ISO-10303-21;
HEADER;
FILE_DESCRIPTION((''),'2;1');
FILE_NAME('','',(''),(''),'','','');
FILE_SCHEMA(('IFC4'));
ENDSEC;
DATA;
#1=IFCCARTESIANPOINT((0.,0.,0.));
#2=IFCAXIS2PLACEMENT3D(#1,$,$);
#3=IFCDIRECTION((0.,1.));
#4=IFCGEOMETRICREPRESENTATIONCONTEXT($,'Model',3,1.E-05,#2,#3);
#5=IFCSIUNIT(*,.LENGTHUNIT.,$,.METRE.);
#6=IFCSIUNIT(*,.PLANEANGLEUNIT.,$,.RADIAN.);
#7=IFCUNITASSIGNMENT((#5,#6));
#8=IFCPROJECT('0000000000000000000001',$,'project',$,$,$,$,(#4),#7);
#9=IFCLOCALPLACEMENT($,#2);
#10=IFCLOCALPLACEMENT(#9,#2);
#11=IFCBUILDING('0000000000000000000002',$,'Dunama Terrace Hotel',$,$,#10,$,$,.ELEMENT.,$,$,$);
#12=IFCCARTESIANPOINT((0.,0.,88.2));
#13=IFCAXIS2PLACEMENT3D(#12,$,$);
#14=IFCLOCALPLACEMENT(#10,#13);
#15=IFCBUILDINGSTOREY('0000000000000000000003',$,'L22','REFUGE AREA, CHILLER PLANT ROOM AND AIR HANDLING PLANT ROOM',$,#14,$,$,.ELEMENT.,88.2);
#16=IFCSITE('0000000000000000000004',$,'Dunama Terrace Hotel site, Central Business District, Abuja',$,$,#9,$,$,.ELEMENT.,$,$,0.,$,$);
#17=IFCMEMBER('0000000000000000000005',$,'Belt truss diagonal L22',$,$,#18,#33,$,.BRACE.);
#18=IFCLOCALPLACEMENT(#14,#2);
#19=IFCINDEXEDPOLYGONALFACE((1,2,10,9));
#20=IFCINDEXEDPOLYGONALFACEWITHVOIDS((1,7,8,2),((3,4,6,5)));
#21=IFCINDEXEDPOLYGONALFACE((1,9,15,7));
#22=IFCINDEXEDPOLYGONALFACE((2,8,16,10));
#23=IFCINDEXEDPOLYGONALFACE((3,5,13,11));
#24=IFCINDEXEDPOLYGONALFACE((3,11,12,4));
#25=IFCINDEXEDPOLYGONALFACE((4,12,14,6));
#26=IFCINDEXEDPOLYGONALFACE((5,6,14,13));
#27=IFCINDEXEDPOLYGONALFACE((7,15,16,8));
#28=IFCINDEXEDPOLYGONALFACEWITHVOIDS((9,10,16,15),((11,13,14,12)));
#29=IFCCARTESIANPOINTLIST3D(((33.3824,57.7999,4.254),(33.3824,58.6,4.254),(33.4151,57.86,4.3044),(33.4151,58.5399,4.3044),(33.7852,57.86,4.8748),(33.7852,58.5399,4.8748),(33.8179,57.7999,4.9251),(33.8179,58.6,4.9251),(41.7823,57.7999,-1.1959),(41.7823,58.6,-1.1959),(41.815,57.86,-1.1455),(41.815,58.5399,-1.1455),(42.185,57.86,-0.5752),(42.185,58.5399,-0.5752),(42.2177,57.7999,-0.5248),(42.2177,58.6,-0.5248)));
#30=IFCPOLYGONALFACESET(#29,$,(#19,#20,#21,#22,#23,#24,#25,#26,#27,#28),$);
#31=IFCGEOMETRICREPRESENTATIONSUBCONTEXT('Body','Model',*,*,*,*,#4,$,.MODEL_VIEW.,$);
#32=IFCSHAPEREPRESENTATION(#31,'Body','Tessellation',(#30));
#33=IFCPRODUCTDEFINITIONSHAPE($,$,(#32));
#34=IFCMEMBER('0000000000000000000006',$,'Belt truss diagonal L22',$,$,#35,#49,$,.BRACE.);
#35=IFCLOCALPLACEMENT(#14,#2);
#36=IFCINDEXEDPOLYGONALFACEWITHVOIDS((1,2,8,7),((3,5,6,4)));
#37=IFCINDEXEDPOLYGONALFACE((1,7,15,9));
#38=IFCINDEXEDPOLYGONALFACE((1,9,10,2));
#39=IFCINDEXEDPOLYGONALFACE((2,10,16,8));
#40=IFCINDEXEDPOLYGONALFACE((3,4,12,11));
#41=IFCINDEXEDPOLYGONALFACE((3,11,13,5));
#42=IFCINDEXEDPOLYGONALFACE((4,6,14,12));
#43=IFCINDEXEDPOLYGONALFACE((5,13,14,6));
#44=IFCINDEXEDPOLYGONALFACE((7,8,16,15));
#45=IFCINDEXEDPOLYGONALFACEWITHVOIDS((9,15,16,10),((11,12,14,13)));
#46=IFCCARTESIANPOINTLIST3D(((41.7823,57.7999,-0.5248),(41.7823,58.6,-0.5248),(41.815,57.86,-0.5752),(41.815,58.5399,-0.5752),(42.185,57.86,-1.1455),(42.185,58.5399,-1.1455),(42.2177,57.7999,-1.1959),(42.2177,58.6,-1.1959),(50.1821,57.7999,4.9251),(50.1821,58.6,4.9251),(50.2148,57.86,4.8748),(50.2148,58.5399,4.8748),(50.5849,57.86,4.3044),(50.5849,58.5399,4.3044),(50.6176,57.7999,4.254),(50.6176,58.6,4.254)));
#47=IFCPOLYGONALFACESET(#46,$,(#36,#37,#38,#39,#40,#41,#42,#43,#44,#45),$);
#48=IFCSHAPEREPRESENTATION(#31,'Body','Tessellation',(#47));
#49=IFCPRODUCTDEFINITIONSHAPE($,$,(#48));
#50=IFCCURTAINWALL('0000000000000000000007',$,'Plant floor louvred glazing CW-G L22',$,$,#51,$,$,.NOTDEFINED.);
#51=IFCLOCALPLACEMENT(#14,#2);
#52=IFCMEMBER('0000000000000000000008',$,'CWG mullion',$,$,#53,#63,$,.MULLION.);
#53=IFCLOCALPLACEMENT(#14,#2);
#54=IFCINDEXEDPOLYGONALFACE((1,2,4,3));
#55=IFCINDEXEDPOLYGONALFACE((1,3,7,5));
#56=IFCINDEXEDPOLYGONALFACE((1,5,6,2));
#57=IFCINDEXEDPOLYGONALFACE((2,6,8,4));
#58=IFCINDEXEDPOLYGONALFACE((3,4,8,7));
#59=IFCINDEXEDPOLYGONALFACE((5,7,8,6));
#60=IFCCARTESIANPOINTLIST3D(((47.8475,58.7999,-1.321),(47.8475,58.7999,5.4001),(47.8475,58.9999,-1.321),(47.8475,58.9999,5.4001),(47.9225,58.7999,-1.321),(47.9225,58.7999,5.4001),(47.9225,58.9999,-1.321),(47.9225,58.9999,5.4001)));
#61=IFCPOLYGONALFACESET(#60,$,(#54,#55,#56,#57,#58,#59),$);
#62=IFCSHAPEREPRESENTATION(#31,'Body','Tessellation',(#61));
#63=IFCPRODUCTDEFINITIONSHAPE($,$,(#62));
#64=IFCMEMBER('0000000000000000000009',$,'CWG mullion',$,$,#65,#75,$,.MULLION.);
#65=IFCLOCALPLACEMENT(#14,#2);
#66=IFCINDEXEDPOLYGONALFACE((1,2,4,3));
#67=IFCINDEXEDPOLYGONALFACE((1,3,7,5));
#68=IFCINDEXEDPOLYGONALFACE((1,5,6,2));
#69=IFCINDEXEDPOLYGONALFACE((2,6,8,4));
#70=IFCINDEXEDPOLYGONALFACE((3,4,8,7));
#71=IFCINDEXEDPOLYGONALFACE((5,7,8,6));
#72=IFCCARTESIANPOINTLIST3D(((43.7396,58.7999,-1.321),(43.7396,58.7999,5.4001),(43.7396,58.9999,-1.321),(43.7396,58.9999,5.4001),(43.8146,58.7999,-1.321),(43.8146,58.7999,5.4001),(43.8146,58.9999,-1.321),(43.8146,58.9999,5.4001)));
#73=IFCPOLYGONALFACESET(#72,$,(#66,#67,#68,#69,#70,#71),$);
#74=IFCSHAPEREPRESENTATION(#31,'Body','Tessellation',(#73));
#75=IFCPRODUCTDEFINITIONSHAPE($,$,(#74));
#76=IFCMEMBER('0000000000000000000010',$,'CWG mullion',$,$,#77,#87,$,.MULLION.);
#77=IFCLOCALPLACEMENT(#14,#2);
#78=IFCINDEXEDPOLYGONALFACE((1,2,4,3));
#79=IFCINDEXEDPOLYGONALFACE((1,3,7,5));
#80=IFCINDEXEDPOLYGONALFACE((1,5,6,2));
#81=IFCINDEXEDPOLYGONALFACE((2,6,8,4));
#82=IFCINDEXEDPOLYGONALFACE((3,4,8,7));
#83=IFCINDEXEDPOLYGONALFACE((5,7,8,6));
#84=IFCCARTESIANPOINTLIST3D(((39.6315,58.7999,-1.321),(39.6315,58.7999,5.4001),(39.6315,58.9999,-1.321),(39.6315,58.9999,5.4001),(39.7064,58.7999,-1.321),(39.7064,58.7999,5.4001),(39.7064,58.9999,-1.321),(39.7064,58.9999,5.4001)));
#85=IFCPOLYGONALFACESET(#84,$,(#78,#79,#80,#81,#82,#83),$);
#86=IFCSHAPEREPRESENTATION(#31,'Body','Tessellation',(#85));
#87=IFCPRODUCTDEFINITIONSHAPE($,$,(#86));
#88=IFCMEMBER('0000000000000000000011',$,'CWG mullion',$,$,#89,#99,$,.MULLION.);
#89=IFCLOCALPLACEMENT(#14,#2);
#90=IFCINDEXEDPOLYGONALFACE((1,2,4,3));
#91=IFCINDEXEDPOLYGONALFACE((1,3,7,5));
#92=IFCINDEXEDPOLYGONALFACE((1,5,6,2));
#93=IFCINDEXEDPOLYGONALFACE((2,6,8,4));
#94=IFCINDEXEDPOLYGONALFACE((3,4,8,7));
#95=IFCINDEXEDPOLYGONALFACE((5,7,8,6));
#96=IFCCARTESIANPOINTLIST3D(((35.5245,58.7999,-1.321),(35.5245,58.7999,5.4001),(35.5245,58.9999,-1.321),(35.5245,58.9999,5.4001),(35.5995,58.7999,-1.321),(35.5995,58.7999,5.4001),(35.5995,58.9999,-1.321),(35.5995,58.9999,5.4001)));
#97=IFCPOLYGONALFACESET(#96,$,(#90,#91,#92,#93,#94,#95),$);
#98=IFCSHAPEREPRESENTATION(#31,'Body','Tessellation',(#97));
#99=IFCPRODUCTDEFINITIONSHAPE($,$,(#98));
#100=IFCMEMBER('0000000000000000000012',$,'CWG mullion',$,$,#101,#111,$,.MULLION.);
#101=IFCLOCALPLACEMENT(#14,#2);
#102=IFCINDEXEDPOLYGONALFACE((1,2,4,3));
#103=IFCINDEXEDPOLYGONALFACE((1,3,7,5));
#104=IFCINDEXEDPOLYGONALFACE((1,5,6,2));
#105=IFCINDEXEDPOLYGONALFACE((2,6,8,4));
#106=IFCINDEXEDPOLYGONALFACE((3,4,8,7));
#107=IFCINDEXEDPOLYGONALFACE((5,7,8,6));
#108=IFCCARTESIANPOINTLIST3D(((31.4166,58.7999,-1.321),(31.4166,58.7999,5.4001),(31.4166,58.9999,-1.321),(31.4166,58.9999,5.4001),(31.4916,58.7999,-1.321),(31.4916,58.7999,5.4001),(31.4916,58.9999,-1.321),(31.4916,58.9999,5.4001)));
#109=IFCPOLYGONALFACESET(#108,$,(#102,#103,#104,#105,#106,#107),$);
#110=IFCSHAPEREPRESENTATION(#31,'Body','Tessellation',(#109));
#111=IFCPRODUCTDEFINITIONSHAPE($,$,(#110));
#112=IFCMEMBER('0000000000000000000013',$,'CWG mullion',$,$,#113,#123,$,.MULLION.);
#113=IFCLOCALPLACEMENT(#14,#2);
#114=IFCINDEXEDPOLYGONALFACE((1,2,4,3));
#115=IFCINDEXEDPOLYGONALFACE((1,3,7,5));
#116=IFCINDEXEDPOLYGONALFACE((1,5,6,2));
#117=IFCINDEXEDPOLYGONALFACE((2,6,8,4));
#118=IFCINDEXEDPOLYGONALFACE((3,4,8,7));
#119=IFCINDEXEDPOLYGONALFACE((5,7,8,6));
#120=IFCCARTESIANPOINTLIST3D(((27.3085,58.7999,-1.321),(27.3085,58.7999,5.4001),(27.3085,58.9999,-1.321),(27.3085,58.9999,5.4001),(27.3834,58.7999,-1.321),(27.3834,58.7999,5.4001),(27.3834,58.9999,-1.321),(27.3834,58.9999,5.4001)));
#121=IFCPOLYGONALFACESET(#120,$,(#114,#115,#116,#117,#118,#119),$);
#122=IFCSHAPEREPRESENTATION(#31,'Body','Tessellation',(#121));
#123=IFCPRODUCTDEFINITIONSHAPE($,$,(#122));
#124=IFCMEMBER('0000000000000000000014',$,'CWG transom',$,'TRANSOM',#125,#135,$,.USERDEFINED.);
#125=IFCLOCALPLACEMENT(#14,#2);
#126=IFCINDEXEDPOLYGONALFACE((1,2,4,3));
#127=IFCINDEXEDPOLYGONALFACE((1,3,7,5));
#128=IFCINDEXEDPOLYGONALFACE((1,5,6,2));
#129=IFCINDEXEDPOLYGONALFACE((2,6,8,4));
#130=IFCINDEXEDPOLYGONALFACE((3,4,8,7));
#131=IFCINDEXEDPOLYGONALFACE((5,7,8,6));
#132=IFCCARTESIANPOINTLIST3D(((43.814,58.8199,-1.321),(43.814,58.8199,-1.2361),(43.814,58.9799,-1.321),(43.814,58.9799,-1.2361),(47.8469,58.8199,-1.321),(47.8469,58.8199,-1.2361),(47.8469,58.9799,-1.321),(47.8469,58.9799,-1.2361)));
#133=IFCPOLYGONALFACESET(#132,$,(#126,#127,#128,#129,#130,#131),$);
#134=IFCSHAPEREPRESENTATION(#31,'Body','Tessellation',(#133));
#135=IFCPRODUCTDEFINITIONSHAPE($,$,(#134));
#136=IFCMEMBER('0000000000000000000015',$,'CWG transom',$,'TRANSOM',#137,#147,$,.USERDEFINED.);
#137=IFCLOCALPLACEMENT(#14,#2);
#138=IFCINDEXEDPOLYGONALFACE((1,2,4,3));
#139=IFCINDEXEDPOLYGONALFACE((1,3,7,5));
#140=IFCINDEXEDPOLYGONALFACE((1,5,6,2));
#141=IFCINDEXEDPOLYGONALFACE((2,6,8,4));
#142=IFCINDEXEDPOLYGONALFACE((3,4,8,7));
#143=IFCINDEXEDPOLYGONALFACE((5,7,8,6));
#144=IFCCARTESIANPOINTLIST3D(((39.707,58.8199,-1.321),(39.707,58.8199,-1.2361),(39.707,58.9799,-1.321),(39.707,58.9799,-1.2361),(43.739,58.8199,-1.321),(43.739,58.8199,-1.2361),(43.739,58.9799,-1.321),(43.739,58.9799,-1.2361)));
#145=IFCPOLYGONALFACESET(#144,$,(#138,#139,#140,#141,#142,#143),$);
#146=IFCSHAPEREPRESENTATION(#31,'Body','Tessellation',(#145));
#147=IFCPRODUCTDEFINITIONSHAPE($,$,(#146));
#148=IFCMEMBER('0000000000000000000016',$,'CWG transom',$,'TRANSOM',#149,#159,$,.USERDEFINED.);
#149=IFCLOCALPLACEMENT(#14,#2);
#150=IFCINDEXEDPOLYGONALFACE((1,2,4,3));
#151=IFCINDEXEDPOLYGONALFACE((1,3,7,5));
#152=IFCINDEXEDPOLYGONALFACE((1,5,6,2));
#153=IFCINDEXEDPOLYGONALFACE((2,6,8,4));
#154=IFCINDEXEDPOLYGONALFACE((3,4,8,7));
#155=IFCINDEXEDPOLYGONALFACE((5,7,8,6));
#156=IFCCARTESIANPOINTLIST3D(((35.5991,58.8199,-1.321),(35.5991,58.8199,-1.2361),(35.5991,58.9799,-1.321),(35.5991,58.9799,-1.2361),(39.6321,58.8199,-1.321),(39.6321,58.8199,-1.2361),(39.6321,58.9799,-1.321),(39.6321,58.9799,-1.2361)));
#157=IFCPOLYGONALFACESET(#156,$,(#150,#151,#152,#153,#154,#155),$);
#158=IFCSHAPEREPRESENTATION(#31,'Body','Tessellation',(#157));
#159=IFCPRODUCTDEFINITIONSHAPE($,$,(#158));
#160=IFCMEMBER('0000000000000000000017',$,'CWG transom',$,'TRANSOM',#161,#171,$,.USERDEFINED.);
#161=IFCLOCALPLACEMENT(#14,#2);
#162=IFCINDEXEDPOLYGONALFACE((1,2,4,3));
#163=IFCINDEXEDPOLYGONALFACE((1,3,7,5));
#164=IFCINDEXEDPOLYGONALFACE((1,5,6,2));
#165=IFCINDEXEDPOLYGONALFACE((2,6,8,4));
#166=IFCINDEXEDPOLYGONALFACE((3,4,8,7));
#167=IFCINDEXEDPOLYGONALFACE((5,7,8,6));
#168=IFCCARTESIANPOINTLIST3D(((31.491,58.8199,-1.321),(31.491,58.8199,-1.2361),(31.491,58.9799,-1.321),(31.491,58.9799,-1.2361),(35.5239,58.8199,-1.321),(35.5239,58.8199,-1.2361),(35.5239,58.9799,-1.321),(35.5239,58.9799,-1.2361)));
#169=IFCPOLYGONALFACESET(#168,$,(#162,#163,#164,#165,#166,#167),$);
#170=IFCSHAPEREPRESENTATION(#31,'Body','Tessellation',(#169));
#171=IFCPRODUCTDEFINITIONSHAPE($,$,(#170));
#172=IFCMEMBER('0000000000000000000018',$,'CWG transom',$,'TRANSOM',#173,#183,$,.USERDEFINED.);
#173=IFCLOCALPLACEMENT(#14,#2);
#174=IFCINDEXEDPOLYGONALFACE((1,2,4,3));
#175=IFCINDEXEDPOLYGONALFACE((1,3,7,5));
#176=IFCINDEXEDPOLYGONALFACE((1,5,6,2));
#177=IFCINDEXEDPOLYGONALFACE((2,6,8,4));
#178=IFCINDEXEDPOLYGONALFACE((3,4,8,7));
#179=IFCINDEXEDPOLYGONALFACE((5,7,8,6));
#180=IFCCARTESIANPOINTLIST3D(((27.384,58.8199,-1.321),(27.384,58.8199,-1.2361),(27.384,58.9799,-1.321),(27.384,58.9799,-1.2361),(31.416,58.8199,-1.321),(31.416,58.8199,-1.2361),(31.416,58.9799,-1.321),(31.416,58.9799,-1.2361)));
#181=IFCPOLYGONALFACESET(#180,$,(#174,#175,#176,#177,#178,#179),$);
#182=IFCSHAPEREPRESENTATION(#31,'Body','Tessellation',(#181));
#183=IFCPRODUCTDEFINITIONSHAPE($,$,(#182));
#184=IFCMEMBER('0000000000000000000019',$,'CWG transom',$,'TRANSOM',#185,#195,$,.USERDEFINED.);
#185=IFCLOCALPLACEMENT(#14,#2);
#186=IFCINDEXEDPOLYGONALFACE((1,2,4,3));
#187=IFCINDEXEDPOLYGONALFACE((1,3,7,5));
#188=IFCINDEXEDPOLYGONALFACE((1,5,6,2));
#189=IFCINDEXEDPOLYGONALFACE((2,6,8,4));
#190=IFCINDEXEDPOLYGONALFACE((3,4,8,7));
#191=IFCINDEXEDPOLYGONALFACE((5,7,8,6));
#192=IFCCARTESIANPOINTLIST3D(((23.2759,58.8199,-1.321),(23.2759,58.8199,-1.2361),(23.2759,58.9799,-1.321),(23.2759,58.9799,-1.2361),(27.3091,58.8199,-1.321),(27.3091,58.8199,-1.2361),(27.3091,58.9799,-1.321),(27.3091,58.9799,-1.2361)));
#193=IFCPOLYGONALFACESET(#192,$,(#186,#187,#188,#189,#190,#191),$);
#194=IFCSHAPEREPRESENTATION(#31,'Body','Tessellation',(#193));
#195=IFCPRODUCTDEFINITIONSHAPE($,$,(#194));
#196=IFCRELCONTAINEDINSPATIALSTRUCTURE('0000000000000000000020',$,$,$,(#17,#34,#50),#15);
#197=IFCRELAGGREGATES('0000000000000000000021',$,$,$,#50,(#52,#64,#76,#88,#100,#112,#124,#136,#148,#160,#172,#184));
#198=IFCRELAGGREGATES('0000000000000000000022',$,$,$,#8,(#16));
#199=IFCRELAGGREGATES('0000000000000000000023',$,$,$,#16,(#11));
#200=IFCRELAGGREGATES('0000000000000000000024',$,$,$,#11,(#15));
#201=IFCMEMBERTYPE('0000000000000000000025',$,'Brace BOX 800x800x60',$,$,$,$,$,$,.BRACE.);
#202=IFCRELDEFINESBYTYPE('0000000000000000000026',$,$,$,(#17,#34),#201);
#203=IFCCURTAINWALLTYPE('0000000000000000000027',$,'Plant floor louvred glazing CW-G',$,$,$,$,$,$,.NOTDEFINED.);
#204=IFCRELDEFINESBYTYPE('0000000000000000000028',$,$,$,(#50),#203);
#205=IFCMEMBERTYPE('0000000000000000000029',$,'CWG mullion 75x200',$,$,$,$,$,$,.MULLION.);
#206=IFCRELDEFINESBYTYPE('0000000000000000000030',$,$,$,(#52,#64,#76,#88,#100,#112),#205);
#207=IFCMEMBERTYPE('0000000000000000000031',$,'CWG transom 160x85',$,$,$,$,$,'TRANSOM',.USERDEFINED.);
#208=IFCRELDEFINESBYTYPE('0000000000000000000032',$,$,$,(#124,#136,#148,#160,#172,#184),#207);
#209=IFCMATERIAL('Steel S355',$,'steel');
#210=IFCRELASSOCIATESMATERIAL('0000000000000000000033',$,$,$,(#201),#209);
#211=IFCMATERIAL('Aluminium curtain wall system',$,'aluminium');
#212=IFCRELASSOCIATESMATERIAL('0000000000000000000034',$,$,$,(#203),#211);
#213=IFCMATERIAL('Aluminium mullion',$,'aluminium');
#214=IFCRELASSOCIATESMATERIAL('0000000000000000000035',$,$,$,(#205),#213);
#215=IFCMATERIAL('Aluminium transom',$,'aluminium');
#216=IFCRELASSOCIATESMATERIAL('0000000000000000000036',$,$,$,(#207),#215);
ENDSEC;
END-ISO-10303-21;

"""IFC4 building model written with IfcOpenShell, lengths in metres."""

from ifc_helpers import new_model, si_unit, direction, frame, origin, origin_2d, place, context, subcontext, project, spatial, rectangle, hollow_rectangle, extrude, material, material_profile, profile_set, type_object, element, aggregate, save


model = new_model("IFC4")

# Units and contexts
model_context = context("Model", 3, precision=1e-05, world=origin(), true_north=direction((0.0, 1.0)))
body_context = subcontext(model_context, "Body", "Model", "MODEL_VIEW")
ifc_project = project(units=[si_unit("LENGTHUNIT", "METRE"), si_unit("PLANEANGLEUNIT", "RADIAN")], contexts=[model_context])

# Site, building, storey
site_placement = place(None, origin())
site = spatial("IfcSite", under=ifc_project, at=site_placement, Name="Dunama Terrace Hotel site, Central Business District, Abuja", CompositionType="ELEMENT", RefElevation=0.0)
building_placement = place(site_placement, origin())
building = spatial("IfcBuilding", under=site, at=building_placement, Name="Dunama Terrace Hotel", CompositionType="ELEMENT")
storey_placement = place(building_placement, frame((0.0, 0.0, 88.2)))
storey = spatial("IfcBuildingStorey", under=building, at=storey_placement, Name="L22", Description="REFUGE AREA, CHILLER PLANT ROOM AND AIR HANDLING PLANT ROOM", CompositionType="ELEMENT", Elevation=88.2)

# Members
ifc_material_1 = material(Name="Steel S355", Category="steel")
ifc_material_profile_1 = material_profile(ifc_material_1, hollow_rectangle(XDim=0.8, YDim=0.8, WallThickness=0.0601, at=origin_2d()), Name="BOX 800x800x60")
ifc_profile_set_1 = profile_set([ifc_material_profile_1], Name="Steel S355")
member_type_1 = type_object("IfcMemberType", Name="Brace BOX 800x800x60", PredefinedType="BRACE", material=ifc_profile_set_1)
for number, where, z_axis, x_axis, name in (
    (1, (42.0, 58.2, -0.8604), (-0.838899, 0.0, 0.544287), (0.0, -1.0, 0.0), "Belt truss diagonal L22"),
    (2, (42.0, 58.2, -0.8604), (0.838899, 0.0, 0.544287), (0.0, 1.0, 0.0), "Belt truss diagonal L22"),
):
    element("IfcMember", number, at=place(storey_placement, frame(where, z_axis=z_axis, x_axis=x_axis)), inside=storey, type_object=member_type_1, Name=name, PredefinedType="BRACE", context=body_context, shape_type="SweptSolid", body=[
        extrude(hollow_rectangle(XDim=0.8, YDim=0.8, WallThickness=0.0601, at=origin_2d()), origin(), (0.0, 0.0, 1.0), 10.0129),
    ])

# Curtain wall, members
ifc_material_2 = material(Name="Aluminium curtain wall system", Category="aluminium")
curtain_wall_type = type_object("IfcCurtainWallType", Name="Plant floor louvred glazing CW-G", PredefinedType="NOTDEFINED", material=ifc_material_2)
curtain_wall_placement = place(storey_placement, origin())
curtain_wall = element("IfcCurtainWall", 3, at=curtain_wall_placement, inside=storey, type_object=curtain_wall_type, Name="Plant floor louvred glazing CW-G L22", PredefinedType="NOTDEFINED")
ifc_material_3 = material(Name="Aluminium mullion", Category="aluminium")
ifc_material_profile_2 = material_profile(ifc_material_3, rectangle(XDim=0.075, YDim=0.2, at=origin_2d()), Name="CWG MULLION 75X200")
ifc_profile_set_2 = profile_set([ifc_material_profile_2], Name="Aluminium mullion")
member_type_2 = type_object("IfcMemberType", Name="CWG mullion 75x200", PredefinedType="MULLION", material=ifc_profile_set_2)
member_1_placement = place(storey_placement, frame((47.885, 58.8999, -1.321), z_axis=(0.0, 0.0, 1.0), x_axis=(-1.0, 0.0, 0.0)))
member_1 = element("IfcMember", 4, at=member_1_placement, type_object=member_type_2, Name="CWG mullion", PredefinedType="MULLION", context=body_context, shape_type="SweptSolid", body=[
    extrude(rectangle(XDim=0.075, YDim=0.2, at=origin_2d()), origin(), (0.0, 0.0, 1.0), 6.7212),
])
member_2_placement = place(storey_placement, frame((43.7771, 58.8999, -1.321), z_axis=(0.0, 0.0, 1.0), x_axis=(-1.0, 0.0, 0.0)))
member_2 = element("IfcMember", 5, at=member_2_placement, type_object=member_type_2, Name="CWG mullion", PredefinedType="MULLION", context=body_context, shape_type="SweptSolid", body=[
    extrude(rectangle(XDim=0.075, YDim=0.2, at=origin_2d()), origin(), (0.0, 0.0, 1.0), 6.7212),
])
member_3_placement = place(storey_placement, frame((39.6689, 58.8999, -1.321), z_axis=(0.0, 0.0, 1.0), x_axis=(-1.0, 0.0, 0.0)))
member_3 = element("IfcMember", 6, at=member_3_placement, type_object=member_type_2, Name="CWG mullion", PredefinedType="MULLION", context=body_context, shape_type="SweptSolid", body=[
    extrude(rectangle(XDim=0.075, YDim=0.2, at=origin_2d()), origin(), (0.0, 0.0, 1.0), 6.7212),
])
member_4_placement = place(storey_placement, frame((35.562, 58.8999, -1.321), z_axis=(0.0, 0.0, 1.0), x_axis=(-1.0, 0.0, 0.0)))
member_4 = element("IfcMember", 7, at=member_4_placement, type_object=member_type_2, Name="CWG mullion", PredefinedType="MULLION", context=body_context, shape_type="SweptSolid", body=[
    extrude(rectangle(XDim=0.075, YDim=0.2, at=origin_2d()), origin(), (0.0, 0.0, 1.0), 6.7212),
])
member_5_placement = place(storey_placement, frame((31.4541, 58.8999, -1.321), z_axis=(0.0, 0.0, 1.0), x_axis=(-1.0, 0.0, 0.0)))
member_5 = element("IfcMember", 8, at=member_5_placement, type_object=member_type_2, Name="CWG mullion", PredefinedType="MULLION", context=body_context, shape_type="SweptSolid", body=[
    extrude(rectangle(XDim=0.075, YDim=0.2, at=origin_2d()), origin(), (0.0, 0.0, 1.0), 6.7212),
])
member_6_placement = place(storey_placement, frame((27.3459, 58.8999, -1.321), z_axis=(0.0, 0.0, 1.0), x_axis=(-1.0, 0.0, 0.0)))
member_6 = element("IfcMember", 9, at=member_6_placement, type_object=member_type_2, Name="CWG mullion", PredefinedType="MULLION", context=body_context, shape_type="SweptSolid", body=[
    extrude(rectangle(XDim=0.075, YDim=0.2, at=origin_2d()), origin(), (0.0, 0.0, 1.0), 6.7212),
])
ifc_material_4 = material(Name="Aluminium transom", Category="aluminium")
ifc_material_profile_3 = material_profile(ifc_material_4, rectangle(XDim=0.1599, YDim=0.085, at=origin_2d()), Name="CWG TRANSOM 160X85")
ifc_profile_set_3 = profile_set([ifc_material_profile_3], Name="Aluminium transom")
member_type_3 = type_object("IfcMemberType", Name="CWG transom 160x85", ElementType="TRANSOM", PredefinedType="USERDEFINED", material=ifc_profile_set_3)
member_7_placement = place(storey_placement, frame((47.8469, 58.8999, -1.2786), z_axis=(-1.0, 0.0, 0.0), x_axis=(0.0, -1.0, 0.0)))
member_7 = element("IfcMember", 10, at=member_7_placement, type_object=member_type_3, Name="CWG transom", ObjectType="TRANSOM", PredefinedType="USERDEFINED", context=body_context, shape_type="SweptSolid", body=[
    extrude(rectangle(XDim=0.1599, YDim=0.085, at=origin_2d()), origin(), (0.0, 0.0, 1.0), 4.033),
])
member_8_placement = place(storey_placement, frame((43.739, 58.8999, -1.2786), z_axis=(-1.0, 0.0, 0.0), x_axis=(0.0, -1.0, 0.0)))
member_8 = element("IfcMember", 11, at=member_8_placement, type_object=member_type_3, Name="CWG transom", ObjectType="TRANSOM", PredefinedType="USERDEFINED", context=body_context, shape_type="SweptSolid", body=[
    extrude(rectangle(XDim=0.1599, YDim=0.085, at=origin_2d()), origin(), (0.0, 0.0, 1.0), 4.032),
])
member_9_placement = place(storey_placement, frame((39.6321, 58.8999, -1.2786), z_axis=(-1.0, 0.0, 0.0), x_axis=(0.0, -1.0, 0.0)))
member_9 = element("IfcMember", 12, at=member_9_placement, type_object=member_type_3, Name="CWG transom", ObjectType="TRANSOM", PredefinedType="USERDEFINED", context=body_context, shape_type="SweptSolid", body=[
    extrude(rectangle(XDim=0.1599, YDim=0.085, at=origin_2d()), origin(), (0.0, 0.0, 1.0), 4.033),
])
member_10_placement = place(storey_placement, frame((35.5239, 58.8999, -1.2786), z_axis=(-1.0, 0.0, 0.0), x_axis=(0.0, -1.0, 0.0)))
member_10 = element("IfcMember", 13, at=member_10_placement, type_object=member_type_3, Name="CWG transom", ObjectType="TRANSOM", PredefinedType="USERDEFINED", context=body_context, shape_type="SweptSolid", body=[
    extrude(rectangle(XDim=0.1599, YDim=0.085, at=origin_2d()), origin(), (0.0, 0.0, 1.0), 4.033),
])
member_11_placement = place(storey_placement, frame((31.416, 58.8999, -1.2786), z_axis=(-1.0, 0.0, 0.0), x_axis=(0.0, -1.0, 0.0)))
member_11 = element("IfcMember", 14, at=member_11_placement, type_object=member_type_3, Name="CWG transom", ObjectType="TRANSOM", PredefinedType="USERDEFINED", context=body_context, shape_type="SweptSolid", body=[
    extrude(rectangle(XDim=0.1599, YDim=0.085, at=origin_2d()), origin(), (0.0, 0.0, 1.0), 4.032),
])
member_12_placement = place(storey_placement, frame((27.3091, 58.8999, -1.2786), z_axis=(-1.0, 0.0, 0.0), x_axis=(0.0, -1.0, 0.0)))
member_12 = element("IfcMember", 15, at=member_12_placement, type_object=member_type_3, Name="CWG transom", ObjectType="TRANSOM", PredefinedType="USERDEFINED", context=body_context, shape_type="SweptSolid", body=[
    extrude(rectangle(XDim=0.1599, YDim=0.085, at=origin_2d()), origin(), (0.0, 0.0, 1.0), 4.0332),
])

aggregate(curtain_wall, [member_1, member_2, member_3, member_4, member_5, member_6, member_7, member_8, member_9, member_10, member_11, member_12])

save(model, "model.ifc")
